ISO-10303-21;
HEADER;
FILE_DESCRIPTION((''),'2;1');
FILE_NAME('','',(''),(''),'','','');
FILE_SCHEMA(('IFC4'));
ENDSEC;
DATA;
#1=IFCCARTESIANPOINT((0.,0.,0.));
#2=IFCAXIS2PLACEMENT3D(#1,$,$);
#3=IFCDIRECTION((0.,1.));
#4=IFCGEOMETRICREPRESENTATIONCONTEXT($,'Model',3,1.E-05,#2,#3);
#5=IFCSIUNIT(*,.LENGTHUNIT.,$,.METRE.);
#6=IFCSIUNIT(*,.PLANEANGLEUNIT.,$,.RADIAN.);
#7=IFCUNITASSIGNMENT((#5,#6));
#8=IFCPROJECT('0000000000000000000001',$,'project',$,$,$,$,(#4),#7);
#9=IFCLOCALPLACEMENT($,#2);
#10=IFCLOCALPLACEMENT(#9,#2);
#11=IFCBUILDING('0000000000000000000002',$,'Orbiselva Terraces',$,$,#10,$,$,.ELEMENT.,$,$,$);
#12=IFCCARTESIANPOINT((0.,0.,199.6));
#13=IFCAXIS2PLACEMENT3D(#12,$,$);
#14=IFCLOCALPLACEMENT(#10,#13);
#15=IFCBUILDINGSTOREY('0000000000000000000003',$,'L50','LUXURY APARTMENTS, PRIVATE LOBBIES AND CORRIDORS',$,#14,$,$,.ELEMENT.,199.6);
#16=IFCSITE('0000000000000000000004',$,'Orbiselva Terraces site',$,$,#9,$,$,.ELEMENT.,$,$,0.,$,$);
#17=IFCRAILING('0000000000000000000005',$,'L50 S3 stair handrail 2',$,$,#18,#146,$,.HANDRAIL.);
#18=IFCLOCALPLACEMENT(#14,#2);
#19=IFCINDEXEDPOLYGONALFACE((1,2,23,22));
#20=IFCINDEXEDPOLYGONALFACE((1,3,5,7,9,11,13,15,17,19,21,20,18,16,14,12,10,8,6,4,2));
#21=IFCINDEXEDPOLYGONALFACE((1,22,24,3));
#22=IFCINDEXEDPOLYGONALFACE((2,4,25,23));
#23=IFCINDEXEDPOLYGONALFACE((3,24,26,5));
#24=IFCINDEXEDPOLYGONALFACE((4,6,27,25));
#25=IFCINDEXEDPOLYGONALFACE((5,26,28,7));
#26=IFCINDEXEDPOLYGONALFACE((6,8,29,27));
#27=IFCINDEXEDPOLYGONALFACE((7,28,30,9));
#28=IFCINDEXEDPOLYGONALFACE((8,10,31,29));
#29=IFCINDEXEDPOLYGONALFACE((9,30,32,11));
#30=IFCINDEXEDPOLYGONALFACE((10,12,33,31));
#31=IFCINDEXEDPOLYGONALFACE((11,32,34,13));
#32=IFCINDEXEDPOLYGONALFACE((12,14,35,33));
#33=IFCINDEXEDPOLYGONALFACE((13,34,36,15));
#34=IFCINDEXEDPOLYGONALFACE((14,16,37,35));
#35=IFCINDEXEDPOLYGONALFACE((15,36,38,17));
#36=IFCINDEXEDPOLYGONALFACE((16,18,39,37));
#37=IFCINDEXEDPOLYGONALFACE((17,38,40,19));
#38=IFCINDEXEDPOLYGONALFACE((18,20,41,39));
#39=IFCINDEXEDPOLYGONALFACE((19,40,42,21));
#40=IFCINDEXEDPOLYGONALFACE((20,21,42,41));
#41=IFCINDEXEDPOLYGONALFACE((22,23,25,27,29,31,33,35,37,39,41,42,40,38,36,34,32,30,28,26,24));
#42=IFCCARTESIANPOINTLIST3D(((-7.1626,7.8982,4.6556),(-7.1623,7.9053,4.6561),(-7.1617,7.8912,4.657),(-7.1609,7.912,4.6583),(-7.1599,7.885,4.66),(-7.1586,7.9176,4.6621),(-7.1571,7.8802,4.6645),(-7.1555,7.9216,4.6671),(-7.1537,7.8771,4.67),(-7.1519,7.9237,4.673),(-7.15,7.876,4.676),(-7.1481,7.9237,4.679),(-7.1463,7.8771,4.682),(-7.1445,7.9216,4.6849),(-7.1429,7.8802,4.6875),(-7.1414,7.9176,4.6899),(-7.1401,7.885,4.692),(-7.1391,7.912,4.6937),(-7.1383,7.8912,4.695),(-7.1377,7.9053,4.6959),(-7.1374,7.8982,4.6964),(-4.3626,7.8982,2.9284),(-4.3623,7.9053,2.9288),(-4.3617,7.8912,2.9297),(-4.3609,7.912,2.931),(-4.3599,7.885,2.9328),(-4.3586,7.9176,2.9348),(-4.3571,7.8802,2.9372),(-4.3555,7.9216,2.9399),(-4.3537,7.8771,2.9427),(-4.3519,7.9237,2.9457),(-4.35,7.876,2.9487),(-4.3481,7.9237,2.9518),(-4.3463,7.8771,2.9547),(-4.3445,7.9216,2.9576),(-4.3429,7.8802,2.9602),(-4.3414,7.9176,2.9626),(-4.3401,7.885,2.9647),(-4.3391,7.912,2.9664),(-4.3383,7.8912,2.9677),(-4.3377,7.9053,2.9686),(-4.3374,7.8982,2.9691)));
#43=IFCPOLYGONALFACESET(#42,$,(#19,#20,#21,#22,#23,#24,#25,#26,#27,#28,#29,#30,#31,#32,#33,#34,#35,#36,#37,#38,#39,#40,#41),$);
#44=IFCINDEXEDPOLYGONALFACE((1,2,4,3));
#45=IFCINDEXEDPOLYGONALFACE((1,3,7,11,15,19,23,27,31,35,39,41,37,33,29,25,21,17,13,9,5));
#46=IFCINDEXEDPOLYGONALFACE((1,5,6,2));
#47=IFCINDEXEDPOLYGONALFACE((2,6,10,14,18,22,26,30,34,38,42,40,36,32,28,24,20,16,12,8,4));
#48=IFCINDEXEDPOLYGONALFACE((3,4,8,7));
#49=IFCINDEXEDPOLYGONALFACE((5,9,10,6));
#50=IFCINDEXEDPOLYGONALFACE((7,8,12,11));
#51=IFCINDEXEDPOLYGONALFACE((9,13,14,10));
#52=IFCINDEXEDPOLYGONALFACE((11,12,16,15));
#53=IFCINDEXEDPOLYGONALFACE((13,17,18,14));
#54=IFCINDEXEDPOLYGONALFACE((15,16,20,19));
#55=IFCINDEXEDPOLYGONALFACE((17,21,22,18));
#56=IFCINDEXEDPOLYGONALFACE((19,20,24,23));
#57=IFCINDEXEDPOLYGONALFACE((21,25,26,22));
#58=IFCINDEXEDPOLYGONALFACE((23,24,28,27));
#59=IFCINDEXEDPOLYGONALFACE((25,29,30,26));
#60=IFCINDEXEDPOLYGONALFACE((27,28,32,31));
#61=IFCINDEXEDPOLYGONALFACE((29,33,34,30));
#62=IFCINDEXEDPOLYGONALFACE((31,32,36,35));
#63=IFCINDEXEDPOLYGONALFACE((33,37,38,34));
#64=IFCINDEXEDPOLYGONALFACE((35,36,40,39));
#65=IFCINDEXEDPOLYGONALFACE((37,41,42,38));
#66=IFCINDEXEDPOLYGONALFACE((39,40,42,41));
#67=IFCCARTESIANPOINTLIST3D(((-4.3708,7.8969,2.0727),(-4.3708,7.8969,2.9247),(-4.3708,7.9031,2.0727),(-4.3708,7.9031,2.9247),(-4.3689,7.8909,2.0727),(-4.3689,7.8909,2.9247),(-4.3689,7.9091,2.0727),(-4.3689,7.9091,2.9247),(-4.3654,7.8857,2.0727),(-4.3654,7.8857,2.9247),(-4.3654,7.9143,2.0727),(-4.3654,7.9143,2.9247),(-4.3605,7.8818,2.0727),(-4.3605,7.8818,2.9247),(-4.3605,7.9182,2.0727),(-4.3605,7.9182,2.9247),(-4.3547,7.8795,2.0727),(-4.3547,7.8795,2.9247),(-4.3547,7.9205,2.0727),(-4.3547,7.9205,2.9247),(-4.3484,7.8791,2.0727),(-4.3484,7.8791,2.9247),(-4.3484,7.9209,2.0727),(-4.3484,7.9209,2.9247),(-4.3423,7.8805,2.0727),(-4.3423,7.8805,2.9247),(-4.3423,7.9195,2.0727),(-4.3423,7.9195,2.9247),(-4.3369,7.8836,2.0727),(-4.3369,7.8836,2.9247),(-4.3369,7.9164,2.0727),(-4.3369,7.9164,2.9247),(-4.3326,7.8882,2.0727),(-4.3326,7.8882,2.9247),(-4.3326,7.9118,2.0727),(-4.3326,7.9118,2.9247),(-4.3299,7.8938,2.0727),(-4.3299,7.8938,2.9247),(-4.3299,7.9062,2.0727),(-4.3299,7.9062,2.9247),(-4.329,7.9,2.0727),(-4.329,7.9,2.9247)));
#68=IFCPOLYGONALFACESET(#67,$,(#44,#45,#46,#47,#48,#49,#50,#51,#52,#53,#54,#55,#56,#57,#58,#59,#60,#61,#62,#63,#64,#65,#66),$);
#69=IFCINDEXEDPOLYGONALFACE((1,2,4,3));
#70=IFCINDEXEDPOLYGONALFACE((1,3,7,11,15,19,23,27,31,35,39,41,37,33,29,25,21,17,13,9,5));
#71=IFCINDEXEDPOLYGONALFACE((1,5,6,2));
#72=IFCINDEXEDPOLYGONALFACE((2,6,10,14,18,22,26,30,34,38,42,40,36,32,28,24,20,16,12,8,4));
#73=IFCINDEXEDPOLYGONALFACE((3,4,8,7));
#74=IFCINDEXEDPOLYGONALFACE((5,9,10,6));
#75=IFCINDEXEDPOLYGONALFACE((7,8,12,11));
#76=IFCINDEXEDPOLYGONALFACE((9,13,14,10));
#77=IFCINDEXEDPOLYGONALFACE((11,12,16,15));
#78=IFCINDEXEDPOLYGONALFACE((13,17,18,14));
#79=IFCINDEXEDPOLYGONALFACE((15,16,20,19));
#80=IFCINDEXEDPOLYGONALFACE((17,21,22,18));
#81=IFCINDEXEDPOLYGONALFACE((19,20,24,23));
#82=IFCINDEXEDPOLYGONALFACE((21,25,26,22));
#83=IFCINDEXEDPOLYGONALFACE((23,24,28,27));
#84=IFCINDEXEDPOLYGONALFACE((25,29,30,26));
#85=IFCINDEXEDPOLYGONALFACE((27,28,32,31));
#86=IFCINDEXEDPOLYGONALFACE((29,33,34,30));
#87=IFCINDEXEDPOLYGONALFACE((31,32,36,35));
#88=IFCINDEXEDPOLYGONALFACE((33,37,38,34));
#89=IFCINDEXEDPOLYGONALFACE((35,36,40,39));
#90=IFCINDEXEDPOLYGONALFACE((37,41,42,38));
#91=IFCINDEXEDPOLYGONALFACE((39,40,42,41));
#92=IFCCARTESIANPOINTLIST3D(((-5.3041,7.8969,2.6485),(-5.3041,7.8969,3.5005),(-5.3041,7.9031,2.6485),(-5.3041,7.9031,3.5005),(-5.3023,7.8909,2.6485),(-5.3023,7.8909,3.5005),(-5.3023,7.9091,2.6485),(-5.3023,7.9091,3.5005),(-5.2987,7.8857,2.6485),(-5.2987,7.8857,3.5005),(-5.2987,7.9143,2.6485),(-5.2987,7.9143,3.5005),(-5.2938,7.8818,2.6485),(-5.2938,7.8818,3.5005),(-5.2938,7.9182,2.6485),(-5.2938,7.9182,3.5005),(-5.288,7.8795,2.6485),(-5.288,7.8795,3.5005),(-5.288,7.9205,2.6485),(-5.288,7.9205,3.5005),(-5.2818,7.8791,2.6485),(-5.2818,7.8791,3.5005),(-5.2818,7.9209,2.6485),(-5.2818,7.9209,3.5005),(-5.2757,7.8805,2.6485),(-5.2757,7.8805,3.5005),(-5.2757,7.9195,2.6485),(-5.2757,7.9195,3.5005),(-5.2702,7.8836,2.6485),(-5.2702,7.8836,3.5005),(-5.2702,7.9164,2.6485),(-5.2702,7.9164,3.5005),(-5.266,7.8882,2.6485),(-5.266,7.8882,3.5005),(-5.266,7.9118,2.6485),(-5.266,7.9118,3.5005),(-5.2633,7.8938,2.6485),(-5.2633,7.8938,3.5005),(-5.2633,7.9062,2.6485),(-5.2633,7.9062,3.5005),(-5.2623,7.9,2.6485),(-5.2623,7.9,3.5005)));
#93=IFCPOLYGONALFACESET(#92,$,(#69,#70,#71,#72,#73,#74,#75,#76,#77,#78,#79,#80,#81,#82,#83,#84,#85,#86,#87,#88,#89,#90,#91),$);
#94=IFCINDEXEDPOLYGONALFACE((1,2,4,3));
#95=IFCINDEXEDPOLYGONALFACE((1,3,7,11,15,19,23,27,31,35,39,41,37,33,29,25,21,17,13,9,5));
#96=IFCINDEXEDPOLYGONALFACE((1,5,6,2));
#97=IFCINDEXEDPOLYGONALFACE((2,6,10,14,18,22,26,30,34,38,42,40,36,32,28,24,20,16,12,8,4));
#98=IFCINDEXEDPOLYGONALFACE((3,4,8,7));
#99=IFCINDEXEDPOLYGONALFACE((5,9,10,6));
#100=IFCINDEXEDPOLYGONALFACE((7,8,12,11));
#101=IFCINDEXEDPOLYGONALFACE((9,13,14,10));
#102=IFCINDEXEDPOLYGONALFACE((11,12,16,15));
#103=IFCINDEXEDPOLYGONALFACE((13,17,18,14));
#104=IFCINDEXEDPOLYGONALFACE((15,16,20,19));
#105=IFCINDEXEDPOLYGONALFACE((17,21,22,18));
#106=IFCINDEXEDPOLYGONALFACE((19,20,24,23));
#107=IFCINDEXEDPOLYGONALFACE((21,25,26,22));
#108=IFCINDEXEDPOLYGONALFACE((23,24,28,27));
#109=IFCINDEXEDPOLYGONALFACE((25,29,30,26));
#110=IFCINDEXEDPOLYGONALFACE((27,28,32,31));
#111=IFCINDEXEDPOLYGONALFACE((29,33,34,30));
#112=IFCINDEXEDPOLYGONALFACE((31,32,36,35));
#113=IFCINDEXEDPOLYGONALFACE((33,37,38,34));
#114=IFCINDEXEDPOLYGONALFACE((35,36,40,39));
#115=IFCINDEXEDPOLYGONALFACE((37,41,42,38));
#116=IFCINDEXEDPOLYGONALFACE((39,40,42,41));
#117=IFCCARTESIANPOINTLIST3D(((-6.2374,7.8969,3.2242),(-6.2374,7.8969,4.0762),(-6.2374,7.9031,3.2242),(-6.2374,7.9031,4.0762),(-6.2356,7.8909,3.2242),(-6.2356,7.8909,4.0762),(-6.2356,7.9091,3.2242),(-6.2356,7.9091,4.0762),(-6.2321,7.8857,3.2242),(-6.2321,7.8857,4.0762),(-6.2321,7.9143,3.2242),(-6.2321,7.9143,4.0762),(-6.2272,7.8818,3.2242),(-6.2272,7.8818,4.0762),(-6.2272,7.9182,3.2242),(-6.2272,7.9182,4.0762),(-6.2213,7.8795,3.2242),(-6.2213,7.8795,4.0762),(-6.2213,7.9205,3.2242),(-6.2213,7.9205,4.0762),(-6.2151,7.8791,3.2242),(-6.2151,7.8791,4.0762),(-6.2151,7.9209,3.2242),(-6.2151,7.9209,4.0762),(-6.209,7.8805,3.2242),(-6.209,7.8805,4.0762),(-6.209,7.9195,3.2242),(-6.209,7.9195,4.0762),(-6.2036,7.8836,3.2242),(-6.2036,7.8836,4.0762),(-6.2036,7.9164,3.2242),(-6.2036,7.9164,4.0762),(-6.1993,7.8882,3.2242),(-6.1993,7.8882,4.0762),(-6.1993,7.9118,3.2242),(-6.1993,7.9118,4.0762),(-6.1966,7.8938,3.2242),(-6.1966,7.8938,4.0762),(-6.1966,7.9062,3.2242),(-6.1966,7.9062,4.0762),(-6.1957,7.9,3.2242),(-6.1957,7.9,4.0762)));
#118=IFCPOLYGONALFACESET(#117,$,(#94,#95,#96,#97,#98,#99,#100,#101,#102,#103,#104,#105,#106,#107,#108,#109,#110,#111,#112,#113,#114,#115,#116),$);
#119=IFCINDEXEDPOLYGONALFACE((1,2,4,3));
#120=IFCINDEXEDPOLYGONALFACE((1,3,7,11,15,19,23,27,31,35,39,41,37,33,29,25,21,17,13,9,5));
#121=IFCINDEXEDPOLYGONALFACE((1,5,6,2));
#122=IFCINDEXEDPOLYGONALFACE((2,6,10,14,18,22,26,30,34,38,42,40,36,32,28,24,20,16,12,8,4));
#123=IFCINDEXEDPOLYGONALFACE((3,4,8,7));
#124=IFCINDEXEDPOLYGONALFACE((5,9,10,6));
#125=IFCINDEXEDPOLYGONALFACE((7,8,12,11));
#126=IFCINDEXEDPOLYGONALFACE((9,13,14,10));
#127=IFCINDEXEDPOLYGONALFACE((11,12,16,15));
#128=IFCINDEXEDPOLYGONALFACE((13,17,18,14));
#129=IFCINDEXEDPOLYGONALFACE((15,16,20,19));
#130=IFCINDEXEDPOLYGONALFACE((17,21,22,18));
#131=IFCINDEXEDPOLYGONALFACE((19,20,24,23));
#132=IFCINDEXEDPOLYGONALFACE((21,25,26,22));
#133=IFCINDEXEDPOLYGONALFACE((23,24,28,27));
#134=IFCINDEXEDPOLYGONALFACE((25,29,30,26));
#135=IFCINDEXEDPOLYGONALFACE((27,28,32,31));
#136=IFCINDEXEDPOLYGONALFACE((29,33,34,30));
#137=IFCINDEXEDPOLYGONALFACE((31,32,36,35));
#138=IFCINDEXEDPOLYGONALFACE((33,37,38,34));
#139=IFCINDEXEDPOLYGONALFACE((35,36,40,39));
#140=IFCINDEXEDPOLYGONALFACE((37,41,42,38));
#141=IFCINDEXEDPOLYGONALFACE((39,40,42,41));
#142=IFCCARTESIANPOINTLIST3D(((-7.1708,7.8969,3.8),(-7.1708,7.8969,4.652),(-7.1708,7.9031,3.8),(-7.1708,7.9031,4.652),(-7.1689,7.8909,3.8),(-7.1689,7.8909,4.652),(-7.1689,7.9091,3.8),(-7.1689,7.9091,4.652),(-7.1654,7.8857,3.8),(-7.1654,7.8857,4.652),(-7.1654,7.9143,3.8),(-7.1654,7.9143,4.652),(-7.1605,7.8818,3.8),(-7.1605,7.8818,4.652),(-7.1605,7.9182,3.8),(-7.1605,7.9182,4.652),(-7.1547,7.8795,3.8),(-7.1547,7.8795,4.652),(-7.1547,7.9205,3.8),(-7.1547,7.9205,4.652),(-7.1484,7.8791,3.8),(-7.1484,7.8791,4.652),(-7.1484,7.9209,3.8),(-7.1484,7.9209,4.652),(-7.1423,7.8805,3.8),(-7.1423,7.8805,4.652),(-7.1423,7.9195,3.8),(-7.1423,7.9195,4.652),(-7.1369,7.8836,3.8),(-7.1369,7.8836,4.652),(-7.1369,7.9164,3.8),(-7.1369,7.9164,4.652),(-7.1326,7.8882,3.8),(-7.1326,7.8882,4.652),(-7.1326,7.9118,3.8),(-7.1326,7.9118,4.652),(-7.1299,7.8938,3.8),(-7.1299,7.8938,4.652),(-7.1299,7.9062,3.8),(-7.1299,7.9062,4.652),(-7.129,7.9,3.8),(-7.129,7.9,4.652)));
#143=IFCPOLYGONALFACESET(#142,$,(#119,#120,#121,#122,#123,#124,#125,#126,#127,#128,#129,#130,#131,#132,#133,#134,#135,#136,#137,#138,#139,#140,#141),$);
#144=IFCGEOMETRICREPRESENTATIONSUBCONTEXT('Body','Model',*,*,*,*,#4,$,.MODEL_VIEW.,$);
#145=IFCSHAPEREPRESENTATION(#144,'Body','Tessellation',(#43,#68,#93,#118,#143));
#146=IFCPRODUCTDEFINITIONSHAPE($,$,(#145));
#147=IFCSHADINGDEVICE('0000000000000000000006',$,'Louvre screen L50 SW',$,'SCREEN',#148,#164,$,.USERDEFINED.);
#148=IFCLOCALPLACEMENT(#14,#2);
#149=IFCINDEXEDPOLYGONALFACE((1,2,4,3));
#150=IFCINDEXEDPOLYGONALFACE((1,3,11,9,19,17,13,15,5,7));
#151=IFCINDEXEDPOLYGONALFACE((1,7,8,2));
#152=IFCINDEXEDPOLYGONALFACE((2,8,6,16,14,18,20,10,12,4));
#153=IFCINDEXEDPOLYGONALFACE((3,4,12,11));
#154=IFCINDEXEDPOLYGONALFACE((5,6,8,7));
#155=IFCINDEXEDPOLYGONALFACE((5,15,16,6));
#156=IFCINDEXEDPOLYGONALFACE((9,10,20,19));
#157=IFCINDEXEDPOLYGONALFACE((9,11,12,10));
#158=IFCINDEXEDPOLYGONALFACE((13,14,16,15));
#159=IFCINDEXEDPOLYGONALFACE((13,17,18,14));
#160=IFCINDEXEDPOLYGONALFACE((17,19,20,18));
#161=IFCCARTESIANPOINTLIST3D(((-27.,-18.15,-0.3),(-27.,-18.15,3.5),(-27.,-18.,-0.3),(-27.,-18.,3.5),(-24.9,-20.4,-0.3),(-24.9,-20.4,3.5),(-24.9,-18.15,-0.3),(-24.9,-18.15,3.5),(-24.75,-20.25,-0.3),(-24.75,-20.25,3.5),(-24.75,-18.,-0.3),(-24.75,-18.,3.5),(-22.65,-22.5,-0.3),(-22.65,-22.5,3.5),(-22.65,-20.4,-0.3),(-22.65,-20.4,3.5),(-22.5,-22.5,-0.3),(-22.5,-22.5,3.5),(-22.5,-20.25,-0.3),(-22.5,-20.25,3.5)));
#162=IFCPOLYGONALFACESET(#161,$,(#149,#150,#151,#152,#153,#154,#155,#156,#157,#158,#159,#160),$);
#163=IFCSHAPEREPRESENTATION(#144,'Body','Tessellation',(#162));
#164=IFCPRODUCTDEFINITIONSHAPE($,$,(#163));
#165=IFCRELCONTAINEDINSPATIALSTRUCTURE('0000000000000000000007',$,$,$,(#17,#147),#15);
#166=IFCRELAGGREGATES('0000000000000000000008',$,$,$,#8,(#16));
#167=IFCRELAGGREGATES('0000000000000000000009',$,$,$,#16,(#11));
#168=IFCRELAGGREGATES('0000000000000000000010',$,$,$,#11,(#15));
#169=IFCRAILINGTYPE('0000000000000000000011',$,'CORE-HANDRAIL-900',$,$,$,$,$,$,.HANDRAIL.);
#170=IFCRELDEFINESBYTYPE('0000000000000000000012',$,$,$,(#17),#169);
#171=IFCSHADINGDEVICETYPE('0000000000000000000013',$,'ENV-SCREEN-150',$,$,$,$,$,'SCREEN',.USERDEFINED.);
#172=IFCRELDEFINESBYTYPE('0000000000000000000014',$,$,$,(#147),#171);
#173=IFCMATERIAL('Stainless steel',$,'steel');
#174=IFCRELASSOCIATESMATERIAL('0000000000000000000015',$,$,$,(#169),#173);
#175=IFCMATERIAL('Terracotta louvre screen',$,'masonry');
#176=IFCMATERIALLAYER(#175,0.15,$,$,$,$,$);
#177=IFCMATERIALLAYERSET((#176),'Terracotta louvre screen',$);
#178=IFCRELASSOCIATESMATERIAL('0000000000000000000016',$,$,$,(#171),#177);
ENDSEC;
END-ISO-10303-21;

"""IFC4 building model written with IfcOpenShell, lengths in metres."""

from ifc_helpers import new_model, si_unit, direction, frame, origin, origin_2d, place, context, subcontext, project, spatial, polyline, circle, outline, extrude, material, layer, layer_set, type_object, element, save


model = new_model("IFC4")

# Units and contexts
model_context = context("Model", 3, precision=1e-05, world=origin(), true_north=direction((0.0, 1.0)))
body_context = subcontext(model_context, "Body", "Model", "MODEL_VIEW")
ifc_project = project(units=[si_unit("LENGTHUNIT", "METRE"), si_unit("PLANEANGLEUNIT", "RADIAN")], contexts=[model_context])

# Site, building, storey
site_placement = place(None, origin())
site = spatial("IfcSite", under=ifc_project, at=site_placement, Name="Orbiselva Terraces site", CompositionType="ELEMENT", RefElevation=0.0)
building_placement = place(site_placement, origin())
building = spatial("IfcBuilding", under=site, at=building_placement, Name="Orbiselva Terraces", CompositionType="ELEMENT")
storey_placement = place(building_placement, frame((0.0, 0.0, 199.6)))
storey = spatial("IfcBuildingStorey", under=building, at=storey_placement, Name="L50", Description="LUXURY APARTMENTS, PRIVATE LOBBIES AND CORRIDORS", CompositionType="ELEMENT", Elevation=199.6)

# Railing
ifc_material_1 = material(Name="Stainless steel", Category="steel")
railing_type_1 = type_object("IfcRailingType", Name="CORE-HANDRAIL-900", PredefinedType="HANDRAIL", material=ifc_material_1)
railing_1_placement = place(storey_placement, frame((-4.35, 7.9, 2.0727)))
element("IfcRailing", 1, at=railing_1_placement, inside=storey, type_object=railing_type_1, Name="L50 S3 stair handrail 2", PredefinedType="HANDRAIL", context=body_context, shape_type="SweptSolid", body=[
    extrude(circle(Radius=0.024, at=origin_2d()), frame((0.0, 0.0, 0.876), z_axis=(-0.851089, 0.0, 0.525022), x_axis=(0.0, -1.0, 0.0)), (0.0, 0.0, 1.0), 3.2899),
    extrude(circle(Radius=0.021, at=origin_2d()), origin(), (0.0, 0.0, 1.0), 0.852),
    extrude(circle(Radius=0.021, at=origin_2d()), frame((-0.9333, 0.0, 0.5758)), (0.0, 0.0, 1.0), 0.852),
    extrude(circle(Radius=0.021, at=origin_2d()), frame((-1.8667, 0.0, 1.1515)), (0.0, 0.0, 1.0), 0.852),
    extrude(circle(Radius=0.021, at=origin_2d()), frame((-2.8, 0.0, 1.7273)), (0.0, 0.0, 1.0), 0.852),
])

# Shading device
ifc_material_2 = material(Name="Terracotta louvre screen", Category="masonry")
ifc_layer_1 = layer(ifc_material_2, 0.15)
ifc_layer_set_1 = layer_set([ifc_layer_1], Name="Terracotta louvre screen")
shading_device_type = type_object("IfcShadingDeviceType", Name="ENV-SCREEN-150", ElementType="SCREEN", PredefinedType="USERDEFINED", material=ifc_layer_set_1)
shading_device_placement = place(storey_placement, frame((0.0, 0.0, -0.3)))
element("IfcShadingDevice", 2, at=shading_device_placement, inside=storey, type_object=shading_device_type, Name="Louvre screen L50 SW", ObjectType="SCREEN", PredefinedType="USERDEFINED", context=body_context, shape_type="SweptSolid", body=[
    extrude(outline(polyline([(-27.0, -18.15), (-24.9, -18.15), (-24.9, -20.4), (-22.65, -20.4), (-22.65, -22.5), (-22.5, -22.5), (-22.5, -20.25), (-24.75, -20.25), (-24.75, -18.0), (-27.0, -18.0), (-27.0, -18.15)])), origin(), (0.0, 0.0, 1.0), 3.8),
])

save(model, "model.ifc")
